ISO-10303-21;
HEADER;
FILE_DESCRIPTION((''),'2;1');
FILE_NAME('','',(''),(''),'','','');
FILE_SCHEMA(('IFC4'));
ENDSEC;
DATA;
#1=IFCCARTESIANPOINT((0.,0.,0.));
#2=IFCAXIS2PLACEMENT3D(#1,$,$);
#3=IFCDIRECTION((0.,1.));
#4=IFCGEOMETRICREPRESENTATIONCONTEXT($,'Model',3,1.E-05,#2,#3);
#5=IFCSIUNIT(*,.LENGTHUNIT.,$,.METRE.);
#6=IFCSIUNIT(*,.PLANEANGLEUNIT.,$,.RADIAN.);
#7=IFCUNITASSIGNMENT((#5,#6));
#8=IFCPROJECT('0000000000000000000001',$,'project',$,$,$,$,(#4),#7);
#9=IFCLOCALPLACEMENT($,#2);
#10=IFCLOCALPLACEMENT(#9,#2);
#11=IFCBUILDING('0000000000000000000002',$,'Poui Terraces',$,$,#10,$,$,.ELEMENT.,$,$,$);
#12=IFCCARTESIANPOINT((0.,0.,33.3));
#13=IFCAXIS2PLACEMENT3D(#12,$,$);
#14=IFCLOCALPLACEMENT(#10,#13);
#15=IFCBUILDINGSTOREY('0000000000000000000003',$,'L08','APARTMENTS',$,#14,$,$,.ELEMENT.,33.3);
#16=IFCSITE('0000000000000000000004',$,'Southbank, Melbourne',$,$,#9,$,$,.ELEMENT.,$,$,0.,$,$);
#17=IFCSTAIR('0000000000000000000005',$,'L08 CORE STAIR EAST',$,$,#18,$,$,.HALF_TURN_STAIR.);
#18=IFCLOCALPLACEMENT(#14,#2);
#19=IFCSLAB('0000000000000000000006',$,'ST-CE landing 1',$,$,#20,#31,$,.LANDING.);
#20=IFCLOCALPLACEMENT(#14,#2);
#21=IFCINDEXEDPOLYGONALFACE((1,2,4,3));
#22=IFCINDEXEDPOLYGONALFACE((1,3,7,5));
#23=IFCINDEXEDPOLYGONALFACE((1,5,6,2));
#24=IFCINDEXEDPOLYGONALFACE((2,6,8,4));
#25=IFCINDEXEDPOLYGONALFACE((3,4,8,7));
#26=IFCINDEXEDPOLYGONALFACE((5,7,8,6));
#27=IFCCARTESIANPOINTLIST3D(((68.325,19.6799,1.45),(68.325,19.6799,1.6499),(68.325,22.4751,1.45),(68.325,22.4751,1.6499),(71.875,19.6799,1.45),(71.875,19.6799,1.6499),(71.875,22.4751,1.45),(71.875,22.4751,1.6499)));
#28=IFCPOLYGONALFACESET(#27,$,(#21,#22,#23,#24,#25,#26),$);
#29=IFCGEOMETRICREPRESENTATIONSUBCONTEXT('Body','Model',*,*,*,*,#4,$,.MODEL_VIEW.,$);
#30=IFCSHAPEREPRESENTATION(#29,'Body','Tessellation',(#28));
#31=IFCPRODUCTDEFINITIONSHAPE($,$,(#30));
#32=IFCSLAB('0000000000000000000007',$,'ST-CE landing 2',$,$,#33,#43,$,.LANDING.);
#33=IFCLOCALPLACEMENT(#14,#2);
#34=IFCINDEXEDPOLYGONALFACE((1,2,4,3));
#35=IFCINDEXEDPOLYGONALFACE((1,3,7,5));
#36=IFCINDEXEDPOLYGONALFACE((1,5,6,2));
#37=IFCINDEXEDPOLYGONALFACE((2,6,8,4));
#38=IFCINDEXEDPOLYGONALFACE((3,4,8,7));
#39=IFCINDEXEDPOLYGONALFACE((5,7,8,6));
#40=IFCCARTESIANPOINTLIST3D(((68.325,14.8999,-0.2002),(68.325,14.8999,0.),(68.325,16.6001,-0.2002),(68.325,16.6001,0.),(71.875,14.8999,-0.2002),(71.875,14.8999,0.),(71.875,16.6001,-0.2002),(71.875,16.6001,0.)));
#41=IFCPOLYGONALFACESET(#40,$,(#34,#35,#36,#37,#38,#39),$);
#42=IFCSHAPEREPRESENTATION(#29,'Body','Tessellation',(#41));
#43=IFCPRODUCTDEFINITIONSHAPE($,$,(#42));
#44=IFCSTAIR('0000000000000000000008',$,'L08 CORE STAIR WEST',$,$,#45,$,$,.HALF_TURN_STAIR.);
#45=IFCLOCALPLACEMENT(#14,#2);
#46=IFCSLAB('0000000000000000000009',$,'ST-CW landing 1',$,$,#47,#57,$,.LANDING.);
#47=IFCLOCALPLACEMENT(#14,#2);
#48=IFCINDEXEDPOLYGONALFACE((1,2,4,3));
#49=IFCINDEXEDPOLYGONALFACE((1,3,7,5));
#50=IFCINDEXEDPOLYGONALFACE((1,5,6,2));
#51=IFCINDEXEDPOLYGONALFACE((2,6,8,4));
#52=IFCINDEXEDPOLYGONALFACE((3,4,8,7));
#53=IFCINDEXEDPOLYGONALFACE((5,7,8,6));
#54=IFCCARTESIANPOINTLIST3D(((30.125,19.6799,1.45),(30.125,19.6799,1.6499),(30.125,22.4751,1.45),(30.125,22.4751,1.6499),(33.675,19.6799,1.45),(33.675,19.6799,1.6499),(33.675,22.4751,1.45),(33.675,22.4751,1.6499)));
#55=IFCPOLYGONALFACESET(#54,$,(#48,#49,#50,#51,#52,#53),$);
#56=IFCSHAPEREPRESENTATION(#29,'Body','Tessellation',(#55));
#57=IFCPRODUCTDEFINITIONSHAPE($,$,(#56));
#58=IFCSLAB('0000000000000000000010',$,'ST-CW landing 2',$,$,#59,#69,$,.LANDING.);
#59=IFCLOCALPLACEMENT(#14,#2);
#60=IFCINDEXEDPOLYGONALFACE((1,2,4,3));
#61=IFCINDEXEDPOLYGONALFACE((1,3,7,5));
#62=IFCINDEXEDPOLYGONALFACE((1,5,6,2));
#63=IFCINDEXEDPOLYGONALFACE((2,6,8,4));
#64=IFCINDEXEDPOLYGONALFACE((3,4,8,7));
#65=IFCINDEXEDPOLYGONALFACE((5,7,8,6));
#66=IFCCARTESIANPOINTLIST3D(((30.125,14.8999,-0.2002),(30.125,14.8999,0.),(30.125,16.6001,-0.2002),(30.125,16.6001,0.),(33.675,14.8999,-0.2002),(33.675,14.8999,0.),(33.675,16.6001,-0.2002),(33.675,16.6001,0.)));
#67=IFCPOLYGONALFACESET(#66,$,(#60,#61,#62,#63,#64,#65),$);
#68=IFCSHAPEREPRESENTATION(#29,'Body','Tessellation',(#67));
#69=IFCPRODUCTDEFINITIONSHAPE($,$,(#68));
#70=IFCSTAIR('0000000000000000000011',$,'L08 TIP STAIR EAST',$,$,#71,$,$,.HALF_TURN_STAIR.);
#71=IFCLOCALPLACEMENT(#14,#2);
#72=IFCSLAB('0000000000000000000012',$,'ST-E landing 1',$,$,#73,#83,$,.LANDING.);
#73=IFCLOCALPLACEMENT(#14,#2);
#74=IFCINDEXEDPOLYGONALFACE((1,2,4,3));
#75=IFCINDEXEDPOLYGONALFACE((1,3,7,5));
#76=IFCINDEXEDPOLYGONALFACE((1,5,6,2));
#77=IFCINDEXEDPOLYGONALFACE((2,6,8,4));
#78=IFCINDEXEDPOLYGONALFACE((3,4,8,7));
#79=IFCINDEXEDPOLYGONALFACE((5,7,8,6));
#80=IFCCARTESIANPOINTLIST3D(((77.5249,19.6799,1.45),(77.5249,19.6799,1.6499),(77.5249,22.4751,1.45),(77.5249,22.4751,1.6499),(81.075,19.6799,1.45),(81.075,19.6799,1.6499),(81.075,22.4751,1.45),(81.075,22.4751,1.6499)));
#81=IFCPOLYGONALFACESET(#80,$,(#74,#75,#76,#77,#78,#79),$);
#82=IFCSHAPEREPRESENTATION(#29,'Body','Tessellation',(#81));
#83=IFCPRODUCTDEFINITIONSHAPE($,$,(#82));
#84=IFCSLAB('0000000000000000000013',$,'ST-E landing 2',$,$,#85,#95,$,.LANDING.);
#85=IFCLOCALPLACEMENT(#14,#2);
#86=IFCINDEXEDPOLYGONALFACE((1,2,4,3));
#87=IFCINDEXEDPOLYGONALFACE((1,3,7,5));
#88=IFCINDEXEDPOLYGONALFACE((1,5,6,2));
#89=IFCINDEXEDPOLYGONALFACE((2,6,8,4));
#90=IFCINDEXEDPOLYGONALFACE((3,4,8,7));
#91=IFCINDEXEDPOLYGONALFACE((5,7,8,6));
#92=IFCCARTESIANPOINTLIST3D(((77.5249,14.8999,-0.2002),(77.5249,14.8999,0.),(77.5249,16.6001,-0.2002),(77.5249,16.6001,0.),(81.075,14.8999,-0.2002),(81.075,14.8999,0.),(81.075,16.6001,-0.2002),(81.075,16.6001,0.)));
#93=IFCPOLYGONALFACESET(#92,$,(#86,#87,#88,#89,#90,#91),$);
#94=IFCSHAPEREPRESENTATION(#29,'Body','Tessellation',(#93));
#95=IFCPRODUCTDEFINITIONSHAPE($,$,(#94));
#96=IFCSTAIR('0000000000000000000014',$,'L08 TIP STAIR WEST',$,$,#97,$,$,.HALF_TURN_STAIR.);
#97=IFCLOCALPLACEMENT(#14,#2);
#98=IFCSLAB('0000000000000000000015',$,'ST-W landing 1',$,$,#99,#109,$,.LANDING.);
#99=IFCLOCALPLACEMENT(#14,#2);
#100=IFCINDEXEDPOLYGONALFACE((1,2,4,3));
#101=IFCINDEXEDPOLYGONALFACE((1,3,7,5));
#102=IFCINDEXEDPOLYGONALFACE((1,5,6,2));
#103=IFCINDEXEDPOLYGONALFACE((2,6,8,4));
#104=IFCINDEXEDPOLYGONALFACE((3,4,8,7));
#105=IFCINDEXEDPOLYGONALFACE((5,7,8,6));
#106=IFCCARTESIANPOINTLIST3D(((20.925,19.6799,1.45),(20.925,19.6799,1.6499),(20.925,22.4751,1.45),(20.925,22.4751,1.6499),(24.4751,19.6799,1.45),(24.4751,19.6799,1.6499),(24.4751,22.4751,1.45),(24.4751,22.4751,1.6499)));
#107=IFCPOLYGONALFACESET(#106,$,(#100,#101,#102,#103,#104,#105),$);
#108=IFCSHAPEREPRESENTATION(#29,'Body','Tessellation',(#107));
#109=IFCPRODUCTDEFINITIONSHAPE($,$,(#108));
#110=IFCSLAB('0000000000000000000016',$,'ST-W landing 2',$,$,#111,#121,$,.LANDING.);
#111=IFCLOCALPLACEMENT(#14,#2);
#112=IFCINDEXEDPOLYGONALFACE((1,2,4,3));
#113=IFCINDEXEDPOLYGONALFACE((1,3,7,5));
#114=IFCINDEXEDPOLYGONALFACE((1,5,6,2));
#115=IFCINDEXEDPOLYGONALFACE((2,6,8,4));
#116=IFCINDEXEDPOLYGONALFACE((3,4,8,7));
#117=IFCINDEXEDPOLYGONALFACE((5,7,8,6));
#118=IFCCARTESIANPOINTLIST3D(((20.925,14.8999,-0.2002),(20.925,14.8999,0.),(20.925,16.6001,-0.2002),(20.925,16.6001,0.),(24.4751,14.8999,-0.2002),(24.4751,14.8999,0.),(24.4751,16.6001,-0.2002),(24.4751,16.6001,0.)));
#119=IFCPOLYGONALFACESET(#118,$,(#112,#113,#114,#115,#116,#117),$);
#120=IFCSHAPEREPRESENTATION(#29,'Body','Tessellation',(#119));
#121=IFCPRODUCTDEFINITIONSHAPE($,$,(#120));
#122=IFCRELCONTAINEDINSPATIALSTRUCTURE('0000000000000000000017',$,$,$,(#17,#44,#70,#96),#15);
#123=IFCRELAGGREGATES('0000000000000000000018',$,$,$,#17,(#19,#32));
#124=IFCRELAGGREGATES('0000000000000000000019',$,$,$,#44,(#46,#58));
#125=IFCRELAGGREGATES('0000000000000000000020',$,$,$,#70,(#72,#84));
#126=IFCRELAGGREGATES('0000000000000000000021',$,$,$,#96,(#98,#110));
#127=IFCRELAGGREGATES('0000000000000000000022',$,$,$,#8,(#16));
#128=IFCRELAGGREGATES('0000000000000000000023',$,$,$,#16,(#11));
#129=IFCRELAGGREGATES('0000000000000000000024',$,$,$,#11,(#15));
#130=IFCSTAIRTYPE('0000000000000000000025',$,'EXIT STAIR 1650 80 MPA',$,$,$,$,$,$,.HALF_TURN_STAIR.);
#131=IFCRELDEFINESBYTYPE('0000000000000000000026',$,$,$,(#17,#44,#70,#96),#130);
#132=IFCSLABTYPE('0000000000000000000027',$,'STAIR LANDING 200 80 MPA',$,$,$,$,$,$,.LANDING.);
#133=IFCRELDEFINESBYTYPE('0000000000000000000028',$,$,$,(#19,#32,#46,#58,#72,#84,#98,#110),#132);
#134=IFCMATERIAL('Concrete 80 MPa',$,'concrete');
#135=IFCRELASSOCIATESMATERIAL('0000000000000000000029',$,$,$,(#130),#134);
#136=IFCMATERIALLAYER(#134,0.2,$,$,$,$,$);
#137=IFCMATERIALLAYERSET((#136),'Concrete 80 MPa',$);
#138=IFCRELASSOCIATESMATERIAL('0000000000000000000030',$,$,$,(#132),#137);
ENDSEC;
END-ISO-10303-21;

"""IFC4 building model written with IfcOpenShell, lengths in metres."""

from ifc_helpers import new_model, si_unit, direction, frame, origin, place, context, subcontext, project, spatial, polyline, outline, extrude, material, layer, layer_set, type_object, element, aggregate, save


model = new_model("IFC4")

# Units and contexts
model_context = context("Model", 3, precision=1e-05, world=origin(), true_north=direction((0.0, 1.0)))
body_context = subcontext(model_context, "Body", "Model", "MODEL_VIEW")
ifc_project = project(units=[si_unit("LENGTHUNIT", "METRE"), si_unit("PLANEANGLEUNIT", "RADIAN")], contexts=[model_context])

# Site, building, storey
site_placement = place(None, origin())
site = spatial("IfcSite", under=ifc_project, at=site_placement, Name="Southbank, Melbourne", CompositionType="ELEMENT", RefElevation=0.0)
building_placement = place(site_placement, origin())
building = spatial("IfcBuilding", under=site, at=building_placement, Name="Poui Terraces", CompositionType="ELEMENT")
storey_placement = place(building_placement, frame((0.0, 0.0, 33.3)))
storey = spatial("IfcBuildingStorey", under=building, at=storey_placement, Name="L08", Description="APARTMENTS", CompositionType="ELEMENT", Elevation=33.3)

# Stairs, slabs
ifc_material_1 = material(Name="Concrete 80 MPa", Category="concrete")
stair_type = type_object("IfcStairType", Name="EXIT STAIR 1650 80 MPA", PredefinedType="HALF_TURN_STAIR", material=ifc_material_1)
stair_1_placement = place(storey_placement, origin())
stair_1 = element("IfcStair", 1, at=stair_1_placement, inside=storey, type_object=stair_type, Name="L08 CORE STAIR EAST", PredefinedType="HALF_TURN_STAIR")
ifc_layer_1 = layer(ifc_material_1, 0.2)
ifc_layer_set_1 = layer_set([ifc_layer_1], Name="Concrete 80 MPa")
slab_type_1 = type_object("IfcSlabType", Name="STAIR LANDING 200 80 MPA", PredefinedType="LANDING", material=ifc_layer_set_1)
slab_1_placement = place(storey_placement, frame((0.0, 0.0, 1.45)))
slab_1 = element("IfcSlab", 2, at=slab_1_placement, type_object=slab_type_1, Name="ST-CE landing 1", PredefinedType="LANDING", context=body_context, shape_type="SweptSolid", body=[
    extrude(outline(polyline([(68.325, 19.6799), (71.875, 19.6799), (71.875, 22.4751), (68.325, 22.4751), (68.325, 19.6799)])), origin(), (0.0, 0.0, 1.0), 0.2),
])
slab_2_placement = place(storey_placement, frame((0.0, 0.0, -0.2002)))
slab_2 = element("IfcSlab", 3, at=slab_2_placement, type_object=slab_type_1, Name="ST-CE landing 2", PredefinedType="LANDING", context=body_context, shape_type="SweptSolid", body=[
    extrude(outline(polyline([(68.325, 14.8999), (71.875, 14.8999), (71.875, 16.6001), (68.325, 16.6001), (68.325, 14.8999)])), origin(), (0.0, 0.0, 1.0), 0.2002),
])
aggregate(stair_1, [slab_1, slab_2])
stair_2_placement = place(storey_placement, origin())
stair_2 = element("IfcStair", 4, at=stair_2_placement, inside=storey, type_object=stair_type, Name="L08 CORE STAIR WEST", PredefinedType="HALF_TURN_STAIR")
slab_3_placement = place(storey_placement, frame((0.0, 0.0, 1.45)))
slab_3 = element("IfcSlab", 5, at=slab_3_placement, type_object=slab_type_1, Name="ST-CW landing 1", PredefinedType="LANDING", context=body_context, shape_type="SweptSolid", body=[
    extrude(outline(polyline([(30.125, 19.6799), (33.675, 19.6799), (33.675, 22.4751), (30.125, 22.4751), (30.125, 19.6799)])), origin(), (0.0, 0.0, 1.0), 0.2),
])
slab_4_placement = place(storey_placement, frame((0.0, 0.0, -0.2002)))
slab_4 = element("IfcSlab", 6, at=slab_4_placement, type_object=slab_type_1, Name="ST-CW landing 2", PredefinedType="LANDING", context=body_context, shape_type="SweptSolid", body=[
    extrude(outline(polyline([(30.125, 14.8999), (33.675, 14.8999), (33.675, 16.6001), (30.125, 16.6001), (30.125, 14.8999)])), origin(), (0.0, 0.0, 1.0), 0.2002),
])
aggregate(stair_2, [slab_3, slab_4])
stair_3_placement = place(storey_placement, origin())
stair_3 = element("IfcStair", 7, at=stair_3_placement, inside=storey, type_object=stair_type, Name="L08 TIP STAIR EAST", PredefinedType="HALF_TURN_STAIR")
slab_5_placement = place(storey_placement, frame((0.0, 0.0, 1.45)))
slab_5 = element("IfcSlab", 8, at=slab_5_placement, type_object=slab_type_1, Name="ST-E landing 1", PredefinedType="LANDING", context=body_context, shape_type="SweptSolid", body=[
    extrude(outline(polyline([(77.5249, 19.6799), (81.075, 19.6799), (81.075, 22.4751), (77.5249, 22.4751), (77.5249, 19.6799)])), origin(), (0.0, 0.0, 1.0), 0.2),
])
slab_6_placement = place(storey_placement, frame((0.0, 0.0, -0.2002)))
slab_6 = element("IfcSlab", 9, at=slab_6_placement, type_object=slab_type_1, Name="ST-E landing 2", PredefinedType="LANDING", context=body_context, shape_type="SweptSolid", body=[
    extrude(outline(polyline([(77.5249, 14.8999), (81.075, 14.8999), (81.075, 16.6001), (77.5249, 16.6001), (77.5249, 14.8999)])), origin(), (0.0, 0.0, 1.0), 0.2002),
])
aggregate(stair_3, [slab_5, slab_6])
stair_4_placement = place(storey_placement, origin())
stair_4 = element("IfcStair", 10, at=stair_4_placement, inside=storey, type_object=stair_type, Name="L08 TIP STAIR WEST", PredefinedType="HALF_TURN_STAIR")
slab_7_placement = place(storey_placement, frame((0.0, 0.0, 1.45)))
slab_7 = element("IfcSlab", 11, at=slab_7_placement, type_object=slab_type_1, Name="ST-W landing 1", PredefinedType="LANDING", context=body_context, shape_type="SweptSolid", body=[
    extrude(outline(polyline([(20.925, 19.6799), (24.4751, 19.6799), (24.4751, 22.4751), (20.925, 22.4751), (20.925, 19.6799)])), origin(), (0.0, 0.0, 1.0), 0.2),
])
slab_8_placement = place(storey_placement, frame((0.0, 0.0, -0.2002)))
slab_8 = element("IfcSlab", 12, at=slab_8_placement, type_object=slab_type_1, Name="ST-W landing 2", PredefinedType="LANDING", context=body_context, shape_type="SweptSolid", body=[
    extrude(outline(polyline([(20.925, 14.8999), (24.4751, 14.8999), (24.4751, 16.6001), (20.925, 16.6001), (20.925, 14.8999)])), origin(), (0.0, 0.0, 1.0), 0.2002),
])
aggregate(stair_4, [slab_7, slab_8])

save(model, "model.ifc")
